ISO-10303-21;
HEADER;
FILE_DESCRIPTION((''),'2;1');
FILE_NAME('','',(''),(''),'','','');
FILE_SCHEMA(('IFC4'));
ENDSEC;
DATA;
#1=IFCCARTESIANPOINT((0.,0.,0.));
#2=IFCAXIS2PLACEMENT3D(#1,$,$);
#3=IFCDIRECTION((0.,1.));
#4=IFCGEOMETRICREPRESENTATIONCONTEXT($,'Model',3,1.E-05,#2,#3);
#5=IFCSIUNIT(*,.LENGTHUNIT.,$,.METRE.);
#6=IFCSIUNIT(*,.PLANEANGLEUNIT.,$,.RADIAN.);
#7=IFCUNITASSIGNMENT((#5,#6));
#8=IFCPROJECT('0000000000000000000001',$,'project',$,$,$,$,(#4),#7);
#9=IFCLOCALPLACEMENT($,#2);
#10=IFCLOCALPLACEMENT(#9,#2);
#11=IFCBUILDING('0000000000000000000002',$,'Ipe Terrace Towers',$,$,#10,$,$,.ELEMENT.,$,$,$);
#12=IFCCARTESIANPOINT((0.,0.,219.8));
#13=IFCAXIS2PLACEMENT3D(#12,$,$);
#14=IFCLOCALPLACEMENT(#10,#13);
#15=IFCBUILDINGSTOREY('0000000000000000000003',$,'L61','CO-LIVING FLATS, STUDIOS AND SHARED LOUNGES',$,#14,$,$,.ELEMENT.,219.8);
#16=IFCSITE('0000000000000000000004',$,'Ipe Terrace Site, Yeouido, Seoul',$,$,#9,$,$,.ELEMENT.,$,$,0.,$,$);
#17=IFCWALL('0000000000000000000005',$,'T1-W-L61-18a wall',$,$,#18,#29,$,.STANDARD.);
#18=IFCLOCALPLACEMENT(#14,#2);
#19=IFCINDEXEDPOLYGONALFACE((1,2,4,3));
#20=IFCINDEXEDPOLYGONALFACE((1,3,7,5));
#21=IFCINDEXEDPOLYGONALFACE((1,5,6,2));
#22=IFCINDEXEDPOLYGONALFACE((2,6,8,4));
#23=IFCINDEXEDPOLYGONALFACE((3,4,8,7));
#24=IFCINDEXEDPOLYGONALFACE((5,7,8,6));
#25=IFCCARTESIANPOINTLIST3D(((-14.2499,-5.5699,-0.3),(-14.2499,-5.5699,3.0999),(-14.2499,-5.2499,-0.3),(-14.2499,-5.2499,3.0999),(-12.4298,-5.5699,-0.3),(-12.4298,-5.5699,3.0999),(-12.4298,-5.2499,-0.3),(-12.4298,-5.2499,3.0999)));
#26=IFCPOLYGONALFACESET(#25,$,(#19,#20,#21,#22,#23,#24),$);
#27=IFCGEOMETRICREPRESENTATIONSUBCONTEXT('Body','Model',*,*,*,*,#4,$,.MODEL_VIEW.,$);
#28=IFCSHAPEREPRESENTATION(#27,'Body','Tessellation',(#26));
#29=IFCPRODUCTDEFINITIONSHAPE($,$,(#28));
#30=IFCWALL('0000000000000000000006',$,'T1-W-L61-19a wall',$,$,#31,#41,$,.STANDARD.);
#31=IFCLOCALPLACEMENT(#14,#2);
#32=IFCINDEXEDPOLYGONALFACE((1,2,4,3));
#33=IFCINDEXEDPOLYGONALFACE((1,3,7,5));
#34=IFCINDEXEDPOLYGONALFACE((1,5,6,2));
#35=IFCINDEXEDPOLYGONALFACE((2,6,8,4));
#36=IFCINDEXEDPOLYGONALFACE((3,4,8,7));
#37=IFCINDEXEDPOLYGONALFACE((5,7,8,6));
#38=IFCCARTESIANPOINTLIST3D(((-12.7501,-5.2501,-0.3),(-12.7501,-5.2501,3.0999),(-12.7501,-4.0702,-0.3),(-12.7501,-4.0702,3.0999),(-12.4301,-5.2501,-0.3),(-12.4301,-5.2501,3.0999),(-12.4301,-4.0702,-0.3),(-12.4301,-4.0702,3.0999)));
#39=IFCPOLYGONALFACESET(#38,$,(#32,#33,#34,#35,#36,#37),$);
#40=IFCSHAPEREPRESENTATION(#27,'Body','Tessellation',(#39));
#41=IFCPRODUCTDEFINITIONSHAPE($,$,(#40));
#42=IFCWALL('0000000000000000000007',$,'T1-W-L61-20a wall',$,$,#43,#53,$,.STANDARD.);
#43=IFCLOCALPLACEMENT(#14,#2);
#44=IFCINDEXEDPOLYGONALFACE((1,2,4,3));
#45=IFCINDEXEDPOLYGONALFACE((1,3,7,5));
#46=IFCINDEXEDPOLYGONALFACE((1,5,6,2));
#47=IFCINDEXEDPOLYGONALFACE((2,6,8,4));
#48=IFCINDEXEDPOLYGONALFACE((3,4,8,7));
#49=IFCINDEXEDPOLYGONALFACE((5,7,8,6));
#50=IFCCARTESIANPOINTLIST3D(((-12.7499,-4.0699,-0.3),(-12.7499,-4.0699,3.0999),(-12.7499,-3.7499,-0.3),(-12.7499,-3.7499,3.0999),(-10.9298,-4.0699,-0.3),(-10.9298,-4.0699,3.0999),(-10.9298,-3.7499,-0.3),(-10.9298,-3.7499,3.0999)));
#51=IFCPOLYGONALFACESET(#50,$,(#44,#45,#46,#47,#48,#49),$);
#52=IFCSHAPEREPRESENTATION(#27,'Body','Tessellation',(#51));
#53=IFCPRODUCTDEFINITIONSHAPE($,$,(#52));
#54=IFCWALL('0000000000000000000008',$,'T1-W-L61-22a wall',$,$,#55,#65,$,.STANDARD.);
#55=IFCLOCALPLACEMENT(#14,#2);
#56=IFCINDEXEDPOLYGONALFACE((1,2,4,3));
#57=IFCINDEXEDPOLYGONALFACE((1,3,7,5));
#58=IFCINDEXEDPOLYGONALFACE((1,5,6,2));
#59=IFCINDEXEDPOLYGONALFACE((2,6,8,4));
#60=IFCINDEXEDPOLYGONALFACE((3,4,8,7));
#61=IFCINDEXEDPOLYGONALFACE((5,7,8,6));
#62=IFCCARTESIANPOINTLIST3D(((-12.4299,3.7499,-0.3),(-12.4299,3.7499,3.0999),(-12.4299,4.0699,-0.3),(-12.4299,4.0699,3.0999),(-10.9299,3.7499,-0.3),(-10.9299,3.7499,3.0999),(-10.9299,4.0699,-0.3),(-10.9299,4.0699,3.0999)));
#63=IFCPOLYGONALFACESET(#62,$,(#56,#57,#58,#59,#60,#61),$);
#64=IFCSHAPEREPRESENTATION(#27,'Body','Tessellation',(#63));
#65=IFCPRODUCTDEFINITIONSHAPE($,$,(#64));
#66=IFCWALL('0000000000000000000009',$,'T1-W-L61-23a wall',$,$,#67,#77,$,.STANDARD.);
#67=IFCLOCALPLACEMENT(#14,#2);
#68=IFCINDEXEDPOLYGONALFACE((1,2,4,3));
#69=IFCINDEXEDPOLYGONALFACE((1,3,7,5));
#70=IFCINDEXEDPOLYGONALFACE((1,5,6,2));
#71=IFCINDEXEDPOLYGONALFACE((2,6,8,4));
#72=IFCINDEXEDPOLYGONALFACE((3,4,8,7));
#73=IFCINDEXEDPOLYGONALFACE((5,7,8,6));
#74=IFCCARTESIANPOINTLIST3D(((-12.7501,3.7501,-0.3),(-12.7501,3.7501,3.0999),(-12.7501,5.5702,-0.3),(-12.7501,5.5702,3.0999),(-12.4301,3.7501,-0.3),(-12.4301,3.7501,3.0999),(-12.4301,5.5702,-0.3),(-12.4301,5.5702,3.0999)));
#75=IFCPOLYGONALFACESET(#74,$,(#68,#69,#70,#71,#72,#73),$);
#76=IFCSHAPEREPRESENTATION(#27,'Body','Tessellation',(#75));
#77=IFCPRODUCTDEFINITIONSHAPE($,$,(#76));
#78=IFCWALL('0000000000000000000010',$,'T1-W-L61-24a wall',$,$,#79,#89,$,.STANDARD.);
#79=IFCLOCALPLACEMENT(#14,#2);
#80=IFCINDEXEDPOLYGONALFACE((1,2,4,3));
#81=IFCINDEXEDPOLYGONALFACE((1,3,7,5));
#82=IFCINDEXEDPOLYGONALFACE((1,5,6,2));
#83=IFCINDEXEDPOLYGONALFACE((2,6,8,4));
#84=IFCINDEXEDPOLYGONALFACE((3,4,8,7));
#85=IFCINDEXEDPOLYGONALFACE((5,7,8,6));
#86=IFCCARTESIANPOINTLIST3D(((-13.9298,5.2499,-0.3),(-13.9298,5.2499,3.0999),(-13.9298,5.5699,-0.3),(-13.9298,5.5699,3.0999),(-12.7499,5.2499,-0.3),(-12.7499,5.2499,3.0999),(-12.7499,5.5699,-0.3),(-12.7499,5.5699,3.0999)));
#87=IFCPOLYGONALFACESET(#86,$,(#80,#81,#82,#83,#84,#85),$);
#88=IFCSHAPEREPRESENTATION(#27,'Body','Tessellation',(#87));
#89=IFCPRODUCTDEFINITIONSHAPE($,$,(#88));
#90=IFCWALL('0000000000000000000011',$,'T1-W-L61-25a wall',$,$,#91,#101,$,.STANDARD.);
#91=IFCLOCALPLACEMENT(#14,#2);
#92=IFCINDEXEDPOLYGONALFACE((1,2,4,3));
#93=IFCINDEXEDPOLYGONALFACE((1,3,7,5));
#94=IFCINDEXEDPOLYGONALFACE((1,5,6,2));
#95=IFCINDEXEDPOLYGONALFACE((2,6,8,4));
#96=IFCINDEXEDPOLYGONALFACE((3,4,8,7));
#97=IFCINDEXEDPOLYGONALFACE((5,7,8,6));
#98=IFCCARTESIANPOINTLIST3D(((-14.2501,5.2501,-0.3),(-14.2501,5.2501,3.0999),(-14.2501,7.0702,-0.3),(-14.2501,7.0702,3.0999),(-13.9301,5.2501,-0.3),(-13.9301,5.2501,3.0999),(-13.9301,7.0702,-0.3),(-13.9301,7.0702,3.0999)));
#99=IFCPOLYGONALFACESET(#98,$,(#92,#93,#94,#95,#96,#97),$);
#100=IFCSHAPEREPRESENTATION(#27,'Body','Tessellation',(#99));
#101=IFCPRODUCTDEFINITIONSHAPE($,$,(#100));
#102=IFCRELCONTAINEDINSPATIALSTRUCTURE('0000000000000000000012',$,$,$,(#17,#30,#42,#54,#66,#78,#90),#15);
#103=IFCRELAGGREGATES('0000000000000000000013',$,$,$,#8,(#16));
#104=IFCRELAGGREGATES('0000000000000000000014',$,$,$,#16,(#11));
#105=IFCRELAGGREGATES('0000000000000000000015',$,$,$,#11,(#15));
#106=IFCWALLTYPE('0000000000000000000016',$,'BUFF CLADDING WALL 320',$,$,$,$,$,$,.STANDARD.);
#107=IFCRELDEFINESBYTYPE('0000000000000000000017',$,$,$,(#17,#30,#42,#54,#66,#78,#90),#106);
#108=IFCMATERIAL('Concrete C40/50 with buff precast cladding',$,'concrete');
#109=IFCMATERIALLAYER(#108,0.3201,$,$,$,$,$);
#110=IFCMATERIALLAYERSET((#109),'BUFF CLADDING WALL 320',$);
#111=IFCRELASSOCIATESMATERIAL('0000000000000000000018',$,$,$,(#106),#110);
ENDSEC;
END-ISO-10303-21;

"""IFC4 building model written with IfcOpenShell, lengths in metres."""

from ifc_helpers import new_model, si_unit, direction, frame, frame_2d, origin, place, context, subcontext, project, spatial, rectangle, extrude, material, layer, layer_set, type_object, element, save


model = new_model("IFC4")

# Units and contexts
model_context = context("Model", 3, precision=1e-05, world=origin(), true_north=direction((0.0, 1.0)))
body_context = subcontext(model_context, "Body", "Model", "MODEL_VIEW")
ifc_project = project(units=[si_unit("LENGTHUNIT", "METRE"), si_unit("PLANEANGLEUNIT", "RADIAN")], contexts=[model_context])

# Site, building, storey
site_placement = place(None, origin())
site = spatial("IfcSite", under=ifc_project, at=site_placement, Name="Ipe Terrace Site, Yeouido, Seoul", CompositionType="ELEMENT", RefElevation=0.0)
building_placement = place(site_placement, origin())
building = spatial("IfcBuilding", under=site, at=building_placement, Name="Ipe Terrace Towers", CompositionType="ELEMENT")
storey_placement = place(building_placement, frame((0.0, 0.0, 219.8)))
storey = spatial("IfcBuildingStorey", under=building, at=storey_placement, Name="L61", Description="CO-LIVING FLATS, STUDIOS AND SHARED LOUNGES", CompositionType="ELEMENT", Elevation=219.8)

# Walls
ifc_material_1 = material(Name="Concrete C40/50 with buff precast cladding", Category="concrete")
ifc_layer_1 = layer(ifc_material_1, 0.3201)
ifc_layer_set_1 = layer_set([ifc_layer_1], Name="BUFF CLADDING WALL 320")
wall_type = type_object("IfcWallType", Name="BUFF CLADDING WALL 320", PredefinedType="STANDARD", material=ifc_layer_set_1)
wall_1_placement = place(storey_placement, frame((-14.25, -5.4099, -0.3), z_axis=(0.0, 0.0, 1.0), x_axis=(1.0, 0.0, 0.0)))
element("IfcWall", 1, at=wall_1_placement, inside=storey, type_object=wall_type, Name="T1-W-L61-18a wall", PredefinedType="STANDARD", context=body_context, shape_type="SweptSolid", body=[
    extrude(rectangle(XDim=1.8201, YDim=0.3201, at=frame_2d((0.9102, 0.0))), origin(), (0.0, 0.0, 1.0), 3.3999),
])
wall_2_placement = place(storey_placement, frame((-12.5901, -5.25, -0.3), z_axis=(0.0, 0.0, 1.0), x_axis=(0.0, 1.0, 0.0)))
element("IfcWall", 2, at=wall_2_placement, inside=storey, type_object=wall_type, Name="T1-W-L61-19a wall", PredefinedType="STANDARD", context=body_context, shape_type="SweptSolid", body=[
    extrude(rectangle(XDim=1.1799, YDim=0.3201, at=frame_2d((0.5898, 0.0))), origin(), (0.0, 0.0, 1.0), 3.3999),
])
wall_3_placement = place(storey_placement, frame((-12.75, -3.9099, -0.3), z_axis=(0.0, 0.0, 1.0), x_axis=(1.0, 0.0, 0.0)))
element("IfcWall", 3, at=wall_3_placement, inside=storey, type_object=wall_type, Name="T1-W-L61-20a wall", PredefinedType="STANDARD", context=body_context, shape_type="SweptSolid", body=[
    extrude(rectangle(XDim=1.8201, YDim=0.3201, at=frame_2d((0.9102, 0.0))), origin(), (0.0, 0.0, 1.0), 3.3999),
])
wall_4_placement = place(storey_placement, frame((-10.9299, 3.9099, -0.3), z_axis=(0.0, 0.0, 1.0), x_axis=(-1.0, 0.0, 0.0)))
element("IfcWall", 4, at=wall_4_placement, inside=storey, type_object=wall_type, Name="T1-W-L61-22a wall", PredefinedType="STANDARD", context=body_context, shape_type="SweptSolid", body=[
    extrude(rectangle(XDim=1.5, YDim=0.3201, at=frame_2d((0.75, 0.0))), origin(), (0.0, 0.0, 1.0), 3.3999),
])
wall_5_placement = place(storey_placement, frame((-12.5901, 3.75, -0.3), z_axis=(0.0, 0.0, 1.0), x_axis=(0.0, 1.0, 0.0)))
element("IfcWall", 5, at=wall_5_placement, inside=storey, type_object=wall_type, Name="T1-W-L61-23a wall", PredefinedType="STANDARD", context=body_context, shape_type="SweptSolid", body=[
    extrude(rectangle(XDim=1.8201, YDim=0.3201, at=frame_2d((0.9102, 0.0))), origin(), (0.0, 0.0, 1.0), 3.3999),
])
wall_6_placement = place(storey_placement, frame((-12.75, 5.4099, -0.3), z_axis=(0.0, 0.0, 1.0), x_axis=(-1.0, 0.0, 0.0)))
element("IfcWall", 6, at=wall_6_placement, inside=storey, type_object=wall_type, Name="T1-W-L61-24a wall", PredefinedType="STANDARD", context=body_context, shape_type="SweptSolid", body=[
    extrude(rectangle(XDim=1.1799, YDim=0.3201, at=frame_2d((0.5898, 0.0))), origin(), (0.0, 0.0, 1.0), 3.3999),
])
wall_7_placement = place(storey_placement, frame((-14.0901, 5.25, -0.3), z_axis=(0.0, 0.0, 1.0), x_axis=(0.0, 1.0, 0.0)))
element("IfcWall", 7, at=wall_7_placement, inside=storey, type_object=wall_type, Name="T1-W-L61-25a wall", PredefinedType="STANDARD", context=body_context, shape_type="SweptSolid", body=[
    extrude(rectangle(XDim=1.8201, YDim=0.3201, at=frame_2d((0.9102, 0.0))), origin(), (0.0, 0.0, 1.0), 3.3999),
])

save(model, "model.ifc")
